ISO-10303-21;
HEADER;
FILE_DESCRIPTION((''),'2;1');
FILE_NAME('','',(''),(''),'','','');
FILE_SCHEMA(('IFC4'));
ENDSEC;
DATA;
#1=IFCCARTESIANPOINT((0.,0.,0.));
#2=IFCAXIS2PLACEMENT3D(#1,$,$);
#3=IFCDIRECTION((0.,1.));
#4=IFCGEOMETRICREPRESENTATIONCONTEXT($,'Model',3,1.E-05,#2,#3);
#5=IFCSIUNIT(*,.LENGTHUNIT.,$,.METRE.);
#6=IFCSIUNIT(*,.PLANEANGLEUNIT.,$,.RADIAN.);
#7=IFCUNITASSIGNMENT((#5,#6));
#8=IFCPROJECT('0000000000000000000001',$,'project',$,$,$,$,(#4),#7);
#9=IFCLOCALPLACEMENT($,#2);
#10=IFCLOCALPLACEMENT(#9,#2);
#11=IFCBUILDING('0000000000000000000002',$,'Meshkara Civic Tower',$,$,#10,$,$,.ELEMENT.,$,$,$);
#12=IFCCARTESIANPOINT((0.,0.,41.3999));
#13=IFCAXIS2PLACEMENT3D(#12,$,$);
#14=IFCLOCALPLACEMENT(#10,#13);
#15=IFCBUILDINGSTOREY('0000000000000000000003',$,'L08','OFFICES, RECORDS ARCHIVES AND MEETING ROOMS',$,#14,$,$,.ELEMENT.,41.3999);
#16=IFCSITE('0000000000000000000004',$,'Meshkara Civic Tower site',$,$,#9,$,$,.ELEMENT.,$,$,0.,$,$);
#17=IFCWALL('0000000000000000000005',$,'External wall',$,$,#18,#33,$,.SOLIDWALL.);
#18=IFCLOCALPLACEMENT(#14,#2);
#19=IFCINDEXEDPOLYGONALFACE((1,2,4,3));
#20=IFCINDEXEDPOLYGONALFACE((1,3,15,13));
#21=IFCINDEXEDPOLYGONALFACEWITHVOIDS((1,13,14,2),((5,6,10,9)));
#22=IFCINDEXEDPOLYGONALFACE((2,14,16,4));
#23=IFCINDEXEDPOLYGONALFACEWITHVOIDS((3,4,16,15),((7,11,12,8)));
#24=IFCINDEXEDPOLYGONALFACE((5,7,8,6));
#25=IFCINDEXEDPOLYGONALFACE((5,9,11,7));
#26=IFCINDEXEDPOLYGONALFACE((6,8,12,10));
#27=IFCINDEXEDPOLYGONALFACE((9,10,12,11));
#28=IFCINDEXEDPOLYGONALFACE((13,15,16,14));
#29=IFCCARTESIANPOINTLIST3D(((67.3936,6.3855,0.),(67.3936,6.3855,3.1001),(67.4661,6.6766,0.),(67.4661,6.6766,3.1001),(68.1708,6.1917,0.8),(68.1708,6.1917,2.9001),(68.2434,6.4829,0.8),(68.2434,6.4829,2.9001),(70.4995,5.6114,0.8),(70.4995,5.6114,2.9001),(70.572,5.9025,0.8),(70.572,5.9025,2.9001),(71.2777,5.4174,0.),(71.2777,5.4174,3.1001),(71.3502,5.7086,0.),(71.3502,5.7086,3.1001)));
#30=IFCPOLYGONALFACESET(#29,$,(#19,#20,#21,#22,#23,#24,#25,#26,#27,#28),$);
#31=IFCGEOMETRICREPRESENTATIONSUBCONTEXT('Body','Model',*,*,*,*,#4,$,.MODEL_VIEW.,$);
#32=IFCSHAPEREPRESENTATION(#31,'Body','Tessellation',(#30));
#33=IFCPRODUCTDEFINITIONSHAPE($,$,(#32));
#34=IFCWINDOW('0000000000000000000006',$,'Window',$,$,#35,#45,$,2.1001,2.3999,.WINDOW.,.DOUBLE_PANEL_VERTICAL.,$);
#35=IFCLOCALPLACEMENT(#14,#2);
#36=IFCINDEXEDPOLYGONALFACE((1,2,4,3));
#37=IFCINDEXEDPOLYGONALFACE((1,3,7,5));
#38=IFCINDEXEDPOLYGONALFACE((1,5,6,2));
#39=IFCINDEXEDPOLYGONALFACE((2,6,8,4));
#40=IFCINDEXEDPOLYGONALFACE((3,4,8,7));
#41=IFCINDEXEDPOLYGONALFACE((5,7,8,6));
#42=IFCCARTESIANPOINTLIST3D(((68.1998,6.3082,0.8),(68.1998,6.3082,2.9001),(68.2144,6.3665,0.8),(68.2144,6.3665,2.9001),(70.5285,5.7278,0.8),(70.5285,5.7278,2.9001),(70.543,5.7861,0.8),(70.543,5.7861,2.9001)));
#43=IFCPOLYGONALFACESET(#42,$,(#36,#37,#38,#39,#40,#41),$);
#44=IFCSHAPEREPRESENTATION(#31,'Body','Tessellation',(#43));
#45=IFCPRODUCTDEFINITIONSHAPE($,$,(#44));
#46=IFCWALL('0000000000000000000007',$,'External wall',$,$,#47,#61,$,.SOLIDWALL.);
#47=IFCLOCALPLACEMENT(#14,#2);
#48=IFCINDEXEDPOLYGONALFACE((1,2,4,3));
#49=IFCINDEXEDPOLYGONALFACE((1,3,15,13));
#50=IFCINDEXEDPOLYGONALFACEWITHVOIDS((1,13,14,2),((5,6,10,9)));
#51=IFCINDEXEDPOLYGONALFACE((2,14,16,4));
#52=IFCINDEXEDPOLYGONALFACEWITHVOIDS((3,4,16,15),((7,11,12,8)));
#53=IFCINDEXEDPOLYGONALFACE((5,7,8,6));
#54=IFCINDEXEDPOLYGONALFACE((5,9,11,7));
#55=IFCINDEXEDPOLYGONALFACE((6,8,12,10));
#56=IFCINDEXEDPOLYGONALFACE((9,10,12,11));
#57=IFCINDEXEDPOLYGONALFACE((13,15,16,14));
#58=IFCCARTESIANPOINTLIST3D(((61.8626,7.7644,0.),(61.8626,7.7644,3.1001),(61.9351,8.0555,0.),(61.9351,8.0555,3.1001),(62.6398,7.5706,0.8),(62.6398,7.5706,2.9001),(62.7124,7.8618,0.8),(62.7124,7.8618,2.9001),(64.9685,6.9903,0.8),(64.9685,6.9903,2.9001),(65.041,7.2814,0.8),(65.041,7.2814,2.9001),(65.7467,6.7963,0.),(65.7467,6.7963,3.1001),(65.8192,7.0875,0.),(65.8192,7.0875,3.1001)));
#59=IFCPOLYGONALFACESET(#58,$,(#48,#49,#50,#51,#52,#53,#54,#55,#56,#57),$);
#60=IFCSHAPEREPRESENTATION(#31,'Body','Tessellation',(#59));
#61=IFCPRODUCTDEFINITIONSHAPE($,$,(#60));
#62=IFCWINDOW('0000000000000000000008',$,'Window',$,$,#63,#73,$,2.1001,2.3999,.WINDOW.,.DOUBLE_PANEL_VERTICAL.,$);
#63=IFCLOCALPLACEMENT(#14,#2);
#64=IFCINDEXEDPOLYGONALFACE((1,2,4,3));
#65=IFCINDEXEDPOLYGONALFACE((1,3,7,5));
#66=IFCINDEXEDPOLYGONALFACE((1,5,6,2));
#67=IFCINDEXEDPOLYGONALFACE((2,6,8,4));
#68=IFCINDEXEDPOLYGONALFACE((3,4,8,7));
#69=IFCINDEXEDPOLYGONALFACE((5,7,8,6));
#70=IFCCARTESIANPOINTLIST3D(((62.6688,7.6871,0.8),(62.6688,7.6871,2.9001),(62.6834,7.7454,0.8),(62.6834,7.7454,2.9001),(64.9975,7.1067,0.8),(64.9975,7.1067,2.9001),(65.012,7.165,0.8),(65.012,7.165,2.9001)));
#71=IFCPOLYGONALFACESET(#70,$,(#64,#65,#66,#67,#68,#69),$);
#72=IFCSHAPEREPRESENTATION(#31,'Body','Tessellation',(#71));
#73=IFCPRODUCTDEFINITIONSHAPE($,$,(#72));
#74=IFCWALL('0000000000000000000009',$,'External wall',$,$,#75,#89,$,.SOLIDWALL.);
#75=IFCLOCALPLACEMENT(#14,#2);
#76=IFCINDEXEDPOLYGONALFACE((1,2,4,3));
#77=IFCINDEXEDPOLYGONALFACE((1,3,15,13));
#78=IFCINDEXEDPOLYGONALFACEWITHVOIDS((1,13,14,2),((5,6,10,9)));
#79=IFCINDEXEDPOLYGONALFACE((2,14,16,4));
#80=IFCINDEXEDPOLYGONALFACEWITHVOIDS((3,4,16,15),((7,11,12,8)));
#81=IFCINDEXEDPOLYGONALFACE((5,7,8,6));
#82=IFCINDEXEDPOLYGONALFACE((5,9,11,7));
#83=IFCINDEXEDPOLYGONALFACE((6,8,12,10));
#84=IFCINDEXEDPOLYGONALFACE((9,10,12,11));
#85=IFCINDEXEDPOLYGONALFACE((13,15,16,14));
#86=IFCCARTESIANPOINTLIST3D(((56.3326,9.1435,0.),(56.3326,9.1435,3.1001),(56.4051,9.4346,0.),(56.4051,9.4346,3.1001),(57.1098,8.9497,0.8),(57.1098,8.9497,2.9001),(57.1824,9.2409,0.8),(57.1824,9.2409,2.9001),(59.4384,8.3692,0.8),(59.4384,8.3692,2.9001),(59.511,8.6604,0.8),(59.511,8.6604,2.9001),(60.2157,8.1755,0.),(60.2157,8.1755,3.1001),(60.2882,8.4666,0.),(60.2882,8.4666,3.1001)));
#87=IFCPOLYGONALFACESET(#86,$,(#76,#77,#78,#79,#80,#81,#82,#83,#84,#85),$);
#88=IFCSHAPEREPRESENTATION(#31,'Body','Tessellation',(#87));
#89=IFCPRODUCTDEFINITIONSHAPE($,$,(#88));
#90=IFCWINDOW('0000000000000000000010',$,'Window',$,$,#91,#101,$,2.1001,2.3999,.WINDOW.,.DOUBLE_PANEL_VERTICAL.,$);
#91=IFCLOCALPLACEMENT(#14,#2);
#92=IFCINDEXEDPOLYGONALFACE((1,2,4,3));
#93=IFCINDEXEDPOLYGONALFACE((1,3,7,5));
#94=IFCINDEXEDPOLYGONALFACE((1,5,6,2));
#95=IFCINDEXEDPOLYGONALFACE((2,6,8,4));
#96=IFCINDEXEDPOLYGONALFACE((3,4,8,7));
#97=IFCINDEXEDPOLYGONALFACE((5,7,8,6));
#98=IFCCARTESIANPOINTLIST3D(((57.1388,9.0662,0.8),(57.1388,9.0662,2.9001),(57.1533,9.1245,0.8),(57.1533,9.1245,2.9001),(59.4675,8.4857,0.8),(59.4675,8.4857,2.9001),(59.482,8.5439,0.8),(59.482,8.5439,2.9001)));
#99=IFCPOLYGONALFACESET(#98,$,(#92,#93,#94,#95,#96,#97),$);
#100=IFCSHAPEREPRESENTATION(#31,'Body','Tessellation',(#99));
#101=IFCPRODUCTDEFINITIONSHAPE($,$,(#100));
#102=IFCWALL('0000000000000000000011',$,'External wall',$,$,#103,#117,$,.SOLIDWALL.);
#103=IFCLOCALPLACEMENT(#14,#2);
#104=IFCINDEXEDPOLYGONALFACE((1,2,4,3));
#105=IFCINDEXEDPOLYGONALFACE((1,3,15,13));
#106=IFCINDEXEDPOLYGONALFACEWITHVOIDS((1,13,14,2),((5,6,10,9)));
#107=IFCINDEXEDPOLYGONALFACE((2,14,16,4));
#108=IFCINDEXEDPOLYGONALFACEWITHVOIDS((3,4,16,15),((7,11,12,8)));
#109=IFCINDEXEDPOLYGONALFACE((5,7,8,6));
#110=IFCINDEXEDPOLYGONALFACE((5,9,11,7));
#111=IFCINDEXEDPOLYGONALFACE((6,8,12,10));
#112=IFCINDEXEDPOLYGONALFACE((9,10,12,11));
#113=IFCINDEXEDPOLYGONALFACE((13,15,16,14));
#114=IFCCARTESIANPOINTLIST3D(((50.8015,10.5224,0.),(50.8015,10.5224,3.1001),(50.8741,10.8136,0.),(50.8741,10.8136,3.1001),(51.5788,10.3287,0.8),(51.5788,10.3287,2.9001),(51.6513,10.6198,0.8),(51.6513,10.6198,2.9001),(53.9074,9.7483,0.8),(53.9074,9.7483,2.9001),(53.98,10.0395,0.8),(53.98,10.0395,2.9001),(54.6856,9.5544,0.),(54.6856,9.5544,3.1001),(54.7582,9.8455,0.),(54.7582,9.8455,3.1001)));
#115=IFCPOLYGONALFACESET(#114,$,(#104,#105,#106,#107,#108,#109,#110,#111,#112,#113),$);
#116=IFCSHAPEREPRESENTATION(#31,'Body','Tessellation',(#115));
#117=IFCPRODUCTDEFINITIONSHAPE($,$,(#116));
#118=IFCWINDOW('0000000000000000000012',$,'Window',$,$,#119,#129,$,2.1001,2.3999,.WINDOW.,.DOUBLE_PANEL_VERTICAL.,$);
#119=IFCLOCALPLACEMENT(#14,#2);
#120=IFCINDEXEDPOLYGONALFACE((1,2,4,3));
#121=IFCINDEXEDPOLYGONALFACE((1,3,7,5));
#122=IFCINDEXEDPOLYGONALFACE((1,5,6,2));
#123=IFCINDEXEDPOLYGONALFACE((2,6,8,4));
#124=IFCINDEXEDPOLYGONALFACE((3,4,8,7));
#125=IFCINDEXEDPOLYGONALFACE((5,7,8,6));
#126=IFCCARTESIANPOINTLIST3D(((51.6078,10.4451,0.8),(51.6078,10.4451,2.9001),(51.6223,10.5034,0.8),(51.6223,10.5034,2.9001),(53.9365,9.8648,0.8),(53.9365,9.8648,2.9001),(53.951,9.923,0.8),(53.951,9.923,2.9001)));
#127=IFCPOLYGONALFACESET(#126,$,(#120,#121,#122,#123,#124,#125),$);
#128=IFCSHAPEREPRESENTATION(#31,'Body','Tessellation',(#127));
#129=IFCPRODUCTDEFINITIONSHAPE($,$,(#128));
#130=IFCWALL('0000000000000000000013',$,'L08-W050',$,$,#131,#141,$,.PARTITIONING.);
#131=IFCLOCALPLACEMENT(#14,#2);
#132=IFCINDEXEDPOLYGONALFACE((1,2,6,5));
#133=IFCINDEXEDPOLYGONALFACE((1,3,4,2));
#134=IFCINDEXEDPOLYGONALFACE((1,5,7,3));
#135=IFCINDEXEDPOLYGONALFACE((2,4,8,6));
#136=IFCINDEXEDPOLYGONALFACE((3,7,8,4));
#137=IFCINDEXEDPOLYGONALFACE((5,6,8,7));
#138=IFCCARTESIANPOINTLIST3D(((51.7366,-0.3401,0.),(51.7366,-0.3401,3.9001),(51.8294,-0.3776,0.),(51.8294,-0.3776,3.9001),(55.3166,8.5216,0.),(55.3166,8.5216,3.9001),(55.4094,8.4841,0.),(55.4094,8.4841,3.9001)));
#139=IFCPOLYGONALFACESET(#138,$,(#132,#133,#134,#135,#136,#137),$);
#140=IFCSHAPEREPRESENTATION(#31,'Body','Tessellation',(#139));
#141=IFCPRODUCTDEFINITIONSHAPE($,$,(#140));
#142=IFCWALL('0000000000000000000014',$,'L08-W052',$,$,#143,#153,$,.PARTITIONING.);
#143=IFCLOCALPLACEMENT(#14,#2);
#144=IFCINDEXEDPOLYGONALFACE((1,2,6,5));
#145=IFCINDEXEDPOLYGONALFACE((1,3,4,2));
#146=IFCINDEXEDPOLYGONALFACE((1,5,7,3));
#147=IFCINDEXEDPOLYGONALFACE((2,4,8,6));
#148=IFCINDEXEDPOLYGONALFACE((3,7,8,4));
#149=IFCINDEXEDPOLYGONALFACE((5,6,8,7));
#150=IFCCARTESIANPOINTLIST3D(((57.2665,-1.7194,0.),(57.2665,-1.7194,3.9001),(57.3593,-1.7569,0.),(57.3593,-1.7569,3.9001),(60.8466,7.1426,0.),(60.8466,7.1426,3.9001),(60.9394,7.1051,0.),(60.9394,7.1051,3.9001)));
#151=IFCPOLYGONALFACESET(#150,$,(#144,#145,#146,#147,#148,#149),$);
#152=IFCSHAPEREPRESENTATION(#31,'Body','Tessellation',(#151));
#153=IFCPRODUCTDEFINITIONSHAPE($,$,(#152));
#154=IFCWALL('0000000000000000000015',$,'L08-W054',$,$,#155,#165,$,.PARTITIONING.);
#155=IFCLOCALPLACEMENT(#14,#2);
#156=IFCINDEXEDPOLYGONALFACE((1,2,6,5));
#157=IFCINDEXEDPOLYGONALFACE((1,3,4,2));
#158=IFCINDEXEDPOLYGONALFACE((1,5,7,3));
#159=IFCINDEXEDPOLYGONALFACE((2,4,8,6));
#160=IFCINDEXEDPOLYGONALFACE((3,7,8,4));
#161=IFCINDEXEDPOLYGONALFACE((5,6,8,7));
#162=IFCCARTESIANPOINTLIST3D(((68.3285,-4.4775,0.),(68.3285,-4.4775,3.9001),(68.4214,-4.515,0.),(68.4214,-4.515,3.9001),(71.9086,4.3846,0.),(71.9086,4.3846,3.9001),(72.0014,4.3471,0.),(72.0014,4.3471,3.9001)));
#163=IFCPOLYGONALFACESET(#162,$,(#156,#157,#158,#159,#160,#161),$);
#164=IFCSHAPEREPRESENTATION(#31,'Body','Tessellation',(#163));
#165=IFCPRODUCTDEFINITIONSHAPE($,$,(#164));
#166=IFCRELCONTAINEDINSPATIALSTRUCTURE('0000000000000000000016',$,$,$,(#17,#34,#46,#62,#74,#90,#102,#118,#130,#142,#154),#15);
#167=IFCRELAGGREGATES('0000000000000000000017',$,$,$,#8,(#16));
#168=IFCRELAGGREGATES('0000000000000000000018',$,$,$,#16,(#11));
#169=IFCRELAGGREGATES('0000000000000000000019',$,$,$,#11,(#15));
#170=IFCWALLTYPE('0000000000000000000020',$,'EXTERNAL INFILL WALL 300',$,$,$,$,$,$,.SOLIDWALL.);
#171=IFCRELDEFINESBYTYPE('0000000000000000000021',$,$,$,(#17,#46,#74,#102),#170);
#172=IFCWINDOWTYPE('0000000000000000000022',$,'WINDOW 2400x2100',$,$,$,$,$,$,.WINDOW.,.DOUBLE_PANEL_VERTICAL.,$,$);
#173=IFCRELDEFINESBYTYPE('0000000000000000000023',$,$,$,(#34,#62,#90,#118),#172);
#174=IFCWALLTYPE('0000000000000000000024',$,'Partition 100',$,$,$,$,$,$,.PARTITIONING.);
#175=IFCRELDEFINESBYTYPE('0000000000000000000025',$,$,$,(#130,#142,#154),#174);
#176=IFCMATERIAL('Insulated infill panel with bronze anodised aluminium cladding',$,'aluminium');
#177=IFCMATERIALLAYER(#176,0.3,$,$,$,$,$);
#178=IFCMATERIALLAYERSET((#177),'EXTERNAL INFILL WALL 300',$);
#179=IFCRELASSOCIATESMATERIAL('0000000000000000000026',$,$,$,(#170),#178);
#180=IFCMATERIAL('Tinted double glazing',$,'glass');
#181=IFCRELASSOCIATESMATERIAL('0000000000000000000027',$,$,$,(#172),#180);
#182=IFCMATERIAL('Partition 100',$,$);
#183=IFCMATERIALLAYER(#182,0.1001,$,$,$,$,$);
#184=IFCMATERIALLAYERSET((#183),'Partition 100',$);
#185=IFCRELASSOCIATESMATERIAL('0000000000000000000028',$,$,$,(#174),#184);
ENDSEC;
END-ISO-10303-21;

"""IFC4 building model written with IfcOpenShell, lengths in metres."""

from ifc_helpers import new_model, si_unit, direction, frame, frame_2d, origin, place, context, subcontext, project, spatial, rectangle, extrude, material, layer, layer_set, type_object, element, fill, save


model = new_model("IFC4")

# Units and contexts
model_context = context("Model", 3, precision=1e-05, world=origin(), true_north=direction((0.0, 1.0)))
body_context = subcontext(model_context, "Body", "Model", "MODEL_VIEW")
ifc_project = project(units=[si_unit("LENGTHUNIT", "METRE"), si_unit("PLANEANGLEUNIT", "RADIAN")], contexts=[model_context])

# Site, building, storey
site_placement = place(None, origin())
site = spatial("IfcSite", under=ifc_project, at=site_placement, Name="Meshkara Civic Tower site", CompositionType="ELEMENT", RefElevation=0.0)
building_placement = place(site_placement, origin())
building = spatial("IfcBuilding", under=site, at=building_placement, Name="Meshkara Civic Tower", CompositionType="ELEMENT")
storey_placement = place(building_placement, frame((0.0, 0.0, 41.3999)))
storey = spatial("IfcBuildingStorey", under=building, at=storey_placement, Name="L08", Description="OFFICES, RECORDS ARCHIVES AND MEETING ROOMS", CompositionType="ELEMENT", Elevation=41.3999)

# Walls, openings, windows
ifc_material_1 = material(Name="Insulated infill panel with bronze anodised aluminium cladding", Category="aluminium")
ifc_layer_1 = layer(ifc_material_1, 0.3)
ifc_layer_set_1 = layer_set([ifc_layer_1], Name="EXTERNAL INFILL WALL 300")
wall_type_1 = type_object("IfcWallType", Name="EXTERNAL INFILL WALL 300", PredefinedType="SOLIDWALL", material=ifc_layer_set_1)
wall_1_placement = place(storey_placement, frame((71.314, 5.563, 0.0), z_axis=(0.0, 0.0, 1.0), x_axis=(-0.970318, 0.241832, 0.0)))
wall_1 = element("IfcWall", 1, at=wall_1_placement, inside=storey, type_object=wall_type_1, Name="External wall", PredefinedType="SOLIDWALL", context=body_context, shape_type="SweptSolid", body=[
    extrude(rectangle(XDim=4.0029, YDim=0.3, at=frame_2d((2.0015, 0.0))), origin(), (0.0, 0.0, 1.0), 3.1001),
])
opening_1_placement = place(wall_1_placement, frame((0.802, 0.0, 0.8)))
opening_1 = element("IfcOpeningElement", 2, at=opening_1_placement, cuts=wall_1, PredefinedType="OPENING", context=body_context, shape_type="SweptSolid", body=[
    extrude(rectangle(XDim=2.3999, YDim=2.1001, at=frame_2d((1.2, 1.05))), frame((0.0, 0.1599, 0.0), z_axis=(0.0, -1.0, 0.0), x_axis=(1.0, 0.0, 0.0)), (0.0, 0.0, 1.0), 0.3201),
])
ifc_material_2 = material(Name="Tinted double glazing", Category="glass")
window_type = type_object("IfcWindowType", Name="WINDOW 2400x2100", PartitioningType="DOUBLE_PANEL_VERTICAL", PredefinedType="WINDOW", material=ifc_material_2)
window_1_placement = place(opening_1_placement, origin())
window_1 = element("IfcWindow", 3, at=window_1_placement, inside=storey, type_object=window_type, Name="Window", OverallHeight=2.1001, OverallWidth=2.3999, PartitioningType="DOUBLE_PANEL_VERTICAL", PredefinedType="WINDOW", context=body_context, shape_type="SweptSolid", body=[
    extrude(rectangle(XDim=2.3999, YDim=2.1001, at=frame_2d((1.2, 1.05))), frame((0.0, 0.03, 0.0), z_axis=(0.0, -1.0, 0.0), x_axis=(1.0, 0.0, 0.0)), (0.0, 0.0, 1.0), 0.0601),
])
fill(opening_1, window_1)
wall_2_placement = place(storey_placement, frame((65.783, 6.9419, 0.0), z_axis=(0.0, 0.0, 1.0), x_axis=(-0.970318, 0.241832, 0.0)))
wall_2 = element("IfcWall", 4, at=wall_2_placement, inside=storey, type_object=wall_type_1, Name="External wall", PredefinedType="SOLIDWALL", context=body_context, shape_type="SweptSolid", body=[
    extrude(rectangle(XDim=4.0029, YDim=0.3, at=frame_2d((2.0015, 0.0))), origin(), (0.0, 0.0, 1.0), 3.1001),
])
opening_2_placement = place(wall_2_placement, frame((0.802, 0.0, 0.8)))
opening_2 = element("IfcOpeningElement", 5, at=opening_2_placement, cuts=wall_2, PredefinedType="OPENING", context=body_context, shape_type="SweptSolid", body=[
    extrude(rectangle(XDim=2.3999, YDim=2.1001, at=frame_2d((1.2, 1.05))), frame((0.0, 0.1599, 0.0), z_axis=(0.0, -1.0, 0.0), x_axis=(1.0, 0.0, 0.0)), (0.0, 0.0, 1.0), 0.3201),
])
window_2_placement = place(opening_2_placement, origin())
window_2 = element("IfcWindow", 6, at=window_2_placement, inside=storey, type_object=window_type, Name="Window", OverallHeight=2.1001, OverallWidth=2.3999, PartitioningType="DOUBLE_PANEL_VERTICAL", PredefinedType="WINDOW", context=body_context, shape_type="SweptSolid", body=[
    extrude(rectangle(XDim=2.3999, YDim=2.1001, at=frame_2d((1.2, 1.05))), frame((0.0, 0.03, 0.0), z_axis=(0.0, -1.0, 0.0), x_axis=(1.0, 0.0, 0.0)), (0.0, 0.0, 1.0), 0.0601),
])
fill(opening_2, window_2)
wall_3_placement = place(storey_placement, frame((60.252, 8.321, 0.0), z_axis=(0.0, 0.0, 1.0), x_axis=(-0.970304, 0.24189, 0.0)))
wall_3 = element("IfcWall", 7, at=wall_3_placement, inside=storey, type_object=wall_type_1, Name="External wall", PredefinedType="SOLIDWALL", context=body_context, shape_type="SweptSolid", body=[
    extrude(rectangle(XDim=4.002, YDim=0.3, at=frame_2d((2.001, 0.0))), origin(), (0.0, 0.0, 1.0), 3.1001),
])
opening_3_placement = place(wall_3_placement, frame((0.801, 0.0, 0.8)))
opening_3 = element("IfcOpeningElement", 8, at=opening_3_placement, cuts=wall_3, PredefinedType="OPENING", context=body_context, shape_type="SweptSolid", body=[
    extrude(rectangle(XDim=2.3999, YDim=2.1001, at=frame_2d((1.2, 1.05))), frame((0.0, 0.1599, 0.0), z_axis=(0.0, -1.0, 0.0), x_axis=(1.0, 0.0, 0.0)), (0.0, 0.0, 1.0), 0.3201),
])
window_3_placement = place(opening_3_placement, origin())
window_3 = element("IfcWindow", 9, at=window_3_placement, inside=storey, type_object=window_type, Name="Window", OverallHeight=2.1001, OverallWidth=2.3999, PartitioningType="DOUBLE_PANEL_VERTICAL", PredefinedType="WINDOW", context=body_context, shape_type="SweptSolid", body=[
    extrude(rectangle(XDim=2.3999, YDim=2.1001, at=frame_2d((1.2, 1.05))), frame((0.0, 0.03, 0.0), z_axis=(0.0, -1.0, 0.0), x_axis=(1.0, 0.0, 0.0)), (0.0, 0.0, 1.0), 0.0601),
])
fill(opening_3, window_3)
wall_4_placement = place(storey_placement, frame((54.7219, 9.7, 0.0), z_axis=(0.0, 0.0, 1.0), x_axis=(-0.970318, 0.241832, 0.0)))
wall_4 = element("IfcWall", 10, at=wall_4_placement, inside=storey, type_object=wall_type_1, Name="External wall", PredefinedType="SOLIDWALL", context=body_context, shape_type="SweptSolid", body=[
    extrude(rectangle(XDim=4.0029, YDim=0.3, at=frame_2d((2.0015, 0.0))), origin(), (0.0, 0.0, 1.0), 3.1001),
])
opening_4_placement = place(wall_4_placement, frame((0.802, 0.0, 0.8)))
opening_4 = element("IfcOpeningElement", 11, at=opening_4_placement, cuts=wall_4, PredefinedType="OPENING", context=body_context, shape_type="SweptSolid", body=[
    extrude(rectangle(XDim=2.3999, YDim=2.1001, at=frame_2d((1.2, 1.05))), frame((0.0, 0.1599, 0.0), z_axis=(0.0, -1.0, 0.0), x_axis=(1.0, 0.0, 0.0)), (0.0, 0.0, 1.0), 0.3201),
])
window_4_placement = place(opening_4_placement, origin())
window_4 = element("IfcWindow", 12, at=window_4_placement, inside=storey, type_object=window_type, Name="Window", OverallHeight=2.1001, OverallWidth=2.3999, PartitioningType="DOUBLE_PANEL_VERTICAL", PredefinedType="WINDOW", context=body_context, shape_type="SweptSolid", body=[
    extrude(rectangle(XDim=2.3999, YDim=2.1001, at=frame_2d((1.2, 1.05))), frame((0.0, 0.03, 0.0), z_axis=(0.0, -1.0, 0.0), x_axis=(1.0, 0.0, 0.0)), (0.0, 0.0, 1.0), 0.0601),
])
fill(opening_4, window_4)

# Walls
ifc_material_3 = material(Name="Partition 100")
ifc_layer_2 = layer(ifc_material_3, 0.1001)
ifc_layer_set_2 = layer_set([ifc_layer_2], Name="Partition 100")
wall_type_2 = type_object("IfcWallType", Name="Partition 100", PredefinedType="PARTITIONING", material=ifc_layer_set_2)
wall_5_placement = place(storey_placement, frame((51.783, -0.3589, 0.0), z_axis=(0.0, 0.0, 1.0), x_axis=(0.374577, 0.927196, 0.0)))
element("IfcWall", 13, at=wall_5_placement, inside=storey, type_object=wall_type_2, Name="L08-W050", PredefinedType="PARTITIONING", context=body_context, shape_type="SweptSolid", body=[
    extrude(rectangle(XDim=9.5576, YDim=0.1001, at=frame_2d((4.7788, 0.0))), origin(), (0.0, 0.0, 1.0), 3.9001),
])
for number, where, z_axis, x_axis, name in (
    (14, (57.313, -1.738, 0.0), (0.0, 0.0, 1.0), (0.374568, 0.927199, 0.0), "L08-W052"),
    (15, (68.375, -4.4961, 0.0), (0.0, 0.0, 1.0), (0.374568, 0.927199, 0.0), "L08-W054"),
):
    element("IfcWall", number, at=place(storey_placement, frame(where, z_axis=z_axis, x_axis=x_axis)), inside=storey, type_object=wall_type_2, Name=name, PredefinedType="PARTITIONING", context=body_context, shape_type="SweptSolid", body=[
        extrude(rectangle(XDim=9.5579, YDim=0.1001, at=frame_2d((4.7788, 0.0))), origin(), (0.0, 0.0, 1.0), 3.9001),
    ])

save(model, "model.ifc")
